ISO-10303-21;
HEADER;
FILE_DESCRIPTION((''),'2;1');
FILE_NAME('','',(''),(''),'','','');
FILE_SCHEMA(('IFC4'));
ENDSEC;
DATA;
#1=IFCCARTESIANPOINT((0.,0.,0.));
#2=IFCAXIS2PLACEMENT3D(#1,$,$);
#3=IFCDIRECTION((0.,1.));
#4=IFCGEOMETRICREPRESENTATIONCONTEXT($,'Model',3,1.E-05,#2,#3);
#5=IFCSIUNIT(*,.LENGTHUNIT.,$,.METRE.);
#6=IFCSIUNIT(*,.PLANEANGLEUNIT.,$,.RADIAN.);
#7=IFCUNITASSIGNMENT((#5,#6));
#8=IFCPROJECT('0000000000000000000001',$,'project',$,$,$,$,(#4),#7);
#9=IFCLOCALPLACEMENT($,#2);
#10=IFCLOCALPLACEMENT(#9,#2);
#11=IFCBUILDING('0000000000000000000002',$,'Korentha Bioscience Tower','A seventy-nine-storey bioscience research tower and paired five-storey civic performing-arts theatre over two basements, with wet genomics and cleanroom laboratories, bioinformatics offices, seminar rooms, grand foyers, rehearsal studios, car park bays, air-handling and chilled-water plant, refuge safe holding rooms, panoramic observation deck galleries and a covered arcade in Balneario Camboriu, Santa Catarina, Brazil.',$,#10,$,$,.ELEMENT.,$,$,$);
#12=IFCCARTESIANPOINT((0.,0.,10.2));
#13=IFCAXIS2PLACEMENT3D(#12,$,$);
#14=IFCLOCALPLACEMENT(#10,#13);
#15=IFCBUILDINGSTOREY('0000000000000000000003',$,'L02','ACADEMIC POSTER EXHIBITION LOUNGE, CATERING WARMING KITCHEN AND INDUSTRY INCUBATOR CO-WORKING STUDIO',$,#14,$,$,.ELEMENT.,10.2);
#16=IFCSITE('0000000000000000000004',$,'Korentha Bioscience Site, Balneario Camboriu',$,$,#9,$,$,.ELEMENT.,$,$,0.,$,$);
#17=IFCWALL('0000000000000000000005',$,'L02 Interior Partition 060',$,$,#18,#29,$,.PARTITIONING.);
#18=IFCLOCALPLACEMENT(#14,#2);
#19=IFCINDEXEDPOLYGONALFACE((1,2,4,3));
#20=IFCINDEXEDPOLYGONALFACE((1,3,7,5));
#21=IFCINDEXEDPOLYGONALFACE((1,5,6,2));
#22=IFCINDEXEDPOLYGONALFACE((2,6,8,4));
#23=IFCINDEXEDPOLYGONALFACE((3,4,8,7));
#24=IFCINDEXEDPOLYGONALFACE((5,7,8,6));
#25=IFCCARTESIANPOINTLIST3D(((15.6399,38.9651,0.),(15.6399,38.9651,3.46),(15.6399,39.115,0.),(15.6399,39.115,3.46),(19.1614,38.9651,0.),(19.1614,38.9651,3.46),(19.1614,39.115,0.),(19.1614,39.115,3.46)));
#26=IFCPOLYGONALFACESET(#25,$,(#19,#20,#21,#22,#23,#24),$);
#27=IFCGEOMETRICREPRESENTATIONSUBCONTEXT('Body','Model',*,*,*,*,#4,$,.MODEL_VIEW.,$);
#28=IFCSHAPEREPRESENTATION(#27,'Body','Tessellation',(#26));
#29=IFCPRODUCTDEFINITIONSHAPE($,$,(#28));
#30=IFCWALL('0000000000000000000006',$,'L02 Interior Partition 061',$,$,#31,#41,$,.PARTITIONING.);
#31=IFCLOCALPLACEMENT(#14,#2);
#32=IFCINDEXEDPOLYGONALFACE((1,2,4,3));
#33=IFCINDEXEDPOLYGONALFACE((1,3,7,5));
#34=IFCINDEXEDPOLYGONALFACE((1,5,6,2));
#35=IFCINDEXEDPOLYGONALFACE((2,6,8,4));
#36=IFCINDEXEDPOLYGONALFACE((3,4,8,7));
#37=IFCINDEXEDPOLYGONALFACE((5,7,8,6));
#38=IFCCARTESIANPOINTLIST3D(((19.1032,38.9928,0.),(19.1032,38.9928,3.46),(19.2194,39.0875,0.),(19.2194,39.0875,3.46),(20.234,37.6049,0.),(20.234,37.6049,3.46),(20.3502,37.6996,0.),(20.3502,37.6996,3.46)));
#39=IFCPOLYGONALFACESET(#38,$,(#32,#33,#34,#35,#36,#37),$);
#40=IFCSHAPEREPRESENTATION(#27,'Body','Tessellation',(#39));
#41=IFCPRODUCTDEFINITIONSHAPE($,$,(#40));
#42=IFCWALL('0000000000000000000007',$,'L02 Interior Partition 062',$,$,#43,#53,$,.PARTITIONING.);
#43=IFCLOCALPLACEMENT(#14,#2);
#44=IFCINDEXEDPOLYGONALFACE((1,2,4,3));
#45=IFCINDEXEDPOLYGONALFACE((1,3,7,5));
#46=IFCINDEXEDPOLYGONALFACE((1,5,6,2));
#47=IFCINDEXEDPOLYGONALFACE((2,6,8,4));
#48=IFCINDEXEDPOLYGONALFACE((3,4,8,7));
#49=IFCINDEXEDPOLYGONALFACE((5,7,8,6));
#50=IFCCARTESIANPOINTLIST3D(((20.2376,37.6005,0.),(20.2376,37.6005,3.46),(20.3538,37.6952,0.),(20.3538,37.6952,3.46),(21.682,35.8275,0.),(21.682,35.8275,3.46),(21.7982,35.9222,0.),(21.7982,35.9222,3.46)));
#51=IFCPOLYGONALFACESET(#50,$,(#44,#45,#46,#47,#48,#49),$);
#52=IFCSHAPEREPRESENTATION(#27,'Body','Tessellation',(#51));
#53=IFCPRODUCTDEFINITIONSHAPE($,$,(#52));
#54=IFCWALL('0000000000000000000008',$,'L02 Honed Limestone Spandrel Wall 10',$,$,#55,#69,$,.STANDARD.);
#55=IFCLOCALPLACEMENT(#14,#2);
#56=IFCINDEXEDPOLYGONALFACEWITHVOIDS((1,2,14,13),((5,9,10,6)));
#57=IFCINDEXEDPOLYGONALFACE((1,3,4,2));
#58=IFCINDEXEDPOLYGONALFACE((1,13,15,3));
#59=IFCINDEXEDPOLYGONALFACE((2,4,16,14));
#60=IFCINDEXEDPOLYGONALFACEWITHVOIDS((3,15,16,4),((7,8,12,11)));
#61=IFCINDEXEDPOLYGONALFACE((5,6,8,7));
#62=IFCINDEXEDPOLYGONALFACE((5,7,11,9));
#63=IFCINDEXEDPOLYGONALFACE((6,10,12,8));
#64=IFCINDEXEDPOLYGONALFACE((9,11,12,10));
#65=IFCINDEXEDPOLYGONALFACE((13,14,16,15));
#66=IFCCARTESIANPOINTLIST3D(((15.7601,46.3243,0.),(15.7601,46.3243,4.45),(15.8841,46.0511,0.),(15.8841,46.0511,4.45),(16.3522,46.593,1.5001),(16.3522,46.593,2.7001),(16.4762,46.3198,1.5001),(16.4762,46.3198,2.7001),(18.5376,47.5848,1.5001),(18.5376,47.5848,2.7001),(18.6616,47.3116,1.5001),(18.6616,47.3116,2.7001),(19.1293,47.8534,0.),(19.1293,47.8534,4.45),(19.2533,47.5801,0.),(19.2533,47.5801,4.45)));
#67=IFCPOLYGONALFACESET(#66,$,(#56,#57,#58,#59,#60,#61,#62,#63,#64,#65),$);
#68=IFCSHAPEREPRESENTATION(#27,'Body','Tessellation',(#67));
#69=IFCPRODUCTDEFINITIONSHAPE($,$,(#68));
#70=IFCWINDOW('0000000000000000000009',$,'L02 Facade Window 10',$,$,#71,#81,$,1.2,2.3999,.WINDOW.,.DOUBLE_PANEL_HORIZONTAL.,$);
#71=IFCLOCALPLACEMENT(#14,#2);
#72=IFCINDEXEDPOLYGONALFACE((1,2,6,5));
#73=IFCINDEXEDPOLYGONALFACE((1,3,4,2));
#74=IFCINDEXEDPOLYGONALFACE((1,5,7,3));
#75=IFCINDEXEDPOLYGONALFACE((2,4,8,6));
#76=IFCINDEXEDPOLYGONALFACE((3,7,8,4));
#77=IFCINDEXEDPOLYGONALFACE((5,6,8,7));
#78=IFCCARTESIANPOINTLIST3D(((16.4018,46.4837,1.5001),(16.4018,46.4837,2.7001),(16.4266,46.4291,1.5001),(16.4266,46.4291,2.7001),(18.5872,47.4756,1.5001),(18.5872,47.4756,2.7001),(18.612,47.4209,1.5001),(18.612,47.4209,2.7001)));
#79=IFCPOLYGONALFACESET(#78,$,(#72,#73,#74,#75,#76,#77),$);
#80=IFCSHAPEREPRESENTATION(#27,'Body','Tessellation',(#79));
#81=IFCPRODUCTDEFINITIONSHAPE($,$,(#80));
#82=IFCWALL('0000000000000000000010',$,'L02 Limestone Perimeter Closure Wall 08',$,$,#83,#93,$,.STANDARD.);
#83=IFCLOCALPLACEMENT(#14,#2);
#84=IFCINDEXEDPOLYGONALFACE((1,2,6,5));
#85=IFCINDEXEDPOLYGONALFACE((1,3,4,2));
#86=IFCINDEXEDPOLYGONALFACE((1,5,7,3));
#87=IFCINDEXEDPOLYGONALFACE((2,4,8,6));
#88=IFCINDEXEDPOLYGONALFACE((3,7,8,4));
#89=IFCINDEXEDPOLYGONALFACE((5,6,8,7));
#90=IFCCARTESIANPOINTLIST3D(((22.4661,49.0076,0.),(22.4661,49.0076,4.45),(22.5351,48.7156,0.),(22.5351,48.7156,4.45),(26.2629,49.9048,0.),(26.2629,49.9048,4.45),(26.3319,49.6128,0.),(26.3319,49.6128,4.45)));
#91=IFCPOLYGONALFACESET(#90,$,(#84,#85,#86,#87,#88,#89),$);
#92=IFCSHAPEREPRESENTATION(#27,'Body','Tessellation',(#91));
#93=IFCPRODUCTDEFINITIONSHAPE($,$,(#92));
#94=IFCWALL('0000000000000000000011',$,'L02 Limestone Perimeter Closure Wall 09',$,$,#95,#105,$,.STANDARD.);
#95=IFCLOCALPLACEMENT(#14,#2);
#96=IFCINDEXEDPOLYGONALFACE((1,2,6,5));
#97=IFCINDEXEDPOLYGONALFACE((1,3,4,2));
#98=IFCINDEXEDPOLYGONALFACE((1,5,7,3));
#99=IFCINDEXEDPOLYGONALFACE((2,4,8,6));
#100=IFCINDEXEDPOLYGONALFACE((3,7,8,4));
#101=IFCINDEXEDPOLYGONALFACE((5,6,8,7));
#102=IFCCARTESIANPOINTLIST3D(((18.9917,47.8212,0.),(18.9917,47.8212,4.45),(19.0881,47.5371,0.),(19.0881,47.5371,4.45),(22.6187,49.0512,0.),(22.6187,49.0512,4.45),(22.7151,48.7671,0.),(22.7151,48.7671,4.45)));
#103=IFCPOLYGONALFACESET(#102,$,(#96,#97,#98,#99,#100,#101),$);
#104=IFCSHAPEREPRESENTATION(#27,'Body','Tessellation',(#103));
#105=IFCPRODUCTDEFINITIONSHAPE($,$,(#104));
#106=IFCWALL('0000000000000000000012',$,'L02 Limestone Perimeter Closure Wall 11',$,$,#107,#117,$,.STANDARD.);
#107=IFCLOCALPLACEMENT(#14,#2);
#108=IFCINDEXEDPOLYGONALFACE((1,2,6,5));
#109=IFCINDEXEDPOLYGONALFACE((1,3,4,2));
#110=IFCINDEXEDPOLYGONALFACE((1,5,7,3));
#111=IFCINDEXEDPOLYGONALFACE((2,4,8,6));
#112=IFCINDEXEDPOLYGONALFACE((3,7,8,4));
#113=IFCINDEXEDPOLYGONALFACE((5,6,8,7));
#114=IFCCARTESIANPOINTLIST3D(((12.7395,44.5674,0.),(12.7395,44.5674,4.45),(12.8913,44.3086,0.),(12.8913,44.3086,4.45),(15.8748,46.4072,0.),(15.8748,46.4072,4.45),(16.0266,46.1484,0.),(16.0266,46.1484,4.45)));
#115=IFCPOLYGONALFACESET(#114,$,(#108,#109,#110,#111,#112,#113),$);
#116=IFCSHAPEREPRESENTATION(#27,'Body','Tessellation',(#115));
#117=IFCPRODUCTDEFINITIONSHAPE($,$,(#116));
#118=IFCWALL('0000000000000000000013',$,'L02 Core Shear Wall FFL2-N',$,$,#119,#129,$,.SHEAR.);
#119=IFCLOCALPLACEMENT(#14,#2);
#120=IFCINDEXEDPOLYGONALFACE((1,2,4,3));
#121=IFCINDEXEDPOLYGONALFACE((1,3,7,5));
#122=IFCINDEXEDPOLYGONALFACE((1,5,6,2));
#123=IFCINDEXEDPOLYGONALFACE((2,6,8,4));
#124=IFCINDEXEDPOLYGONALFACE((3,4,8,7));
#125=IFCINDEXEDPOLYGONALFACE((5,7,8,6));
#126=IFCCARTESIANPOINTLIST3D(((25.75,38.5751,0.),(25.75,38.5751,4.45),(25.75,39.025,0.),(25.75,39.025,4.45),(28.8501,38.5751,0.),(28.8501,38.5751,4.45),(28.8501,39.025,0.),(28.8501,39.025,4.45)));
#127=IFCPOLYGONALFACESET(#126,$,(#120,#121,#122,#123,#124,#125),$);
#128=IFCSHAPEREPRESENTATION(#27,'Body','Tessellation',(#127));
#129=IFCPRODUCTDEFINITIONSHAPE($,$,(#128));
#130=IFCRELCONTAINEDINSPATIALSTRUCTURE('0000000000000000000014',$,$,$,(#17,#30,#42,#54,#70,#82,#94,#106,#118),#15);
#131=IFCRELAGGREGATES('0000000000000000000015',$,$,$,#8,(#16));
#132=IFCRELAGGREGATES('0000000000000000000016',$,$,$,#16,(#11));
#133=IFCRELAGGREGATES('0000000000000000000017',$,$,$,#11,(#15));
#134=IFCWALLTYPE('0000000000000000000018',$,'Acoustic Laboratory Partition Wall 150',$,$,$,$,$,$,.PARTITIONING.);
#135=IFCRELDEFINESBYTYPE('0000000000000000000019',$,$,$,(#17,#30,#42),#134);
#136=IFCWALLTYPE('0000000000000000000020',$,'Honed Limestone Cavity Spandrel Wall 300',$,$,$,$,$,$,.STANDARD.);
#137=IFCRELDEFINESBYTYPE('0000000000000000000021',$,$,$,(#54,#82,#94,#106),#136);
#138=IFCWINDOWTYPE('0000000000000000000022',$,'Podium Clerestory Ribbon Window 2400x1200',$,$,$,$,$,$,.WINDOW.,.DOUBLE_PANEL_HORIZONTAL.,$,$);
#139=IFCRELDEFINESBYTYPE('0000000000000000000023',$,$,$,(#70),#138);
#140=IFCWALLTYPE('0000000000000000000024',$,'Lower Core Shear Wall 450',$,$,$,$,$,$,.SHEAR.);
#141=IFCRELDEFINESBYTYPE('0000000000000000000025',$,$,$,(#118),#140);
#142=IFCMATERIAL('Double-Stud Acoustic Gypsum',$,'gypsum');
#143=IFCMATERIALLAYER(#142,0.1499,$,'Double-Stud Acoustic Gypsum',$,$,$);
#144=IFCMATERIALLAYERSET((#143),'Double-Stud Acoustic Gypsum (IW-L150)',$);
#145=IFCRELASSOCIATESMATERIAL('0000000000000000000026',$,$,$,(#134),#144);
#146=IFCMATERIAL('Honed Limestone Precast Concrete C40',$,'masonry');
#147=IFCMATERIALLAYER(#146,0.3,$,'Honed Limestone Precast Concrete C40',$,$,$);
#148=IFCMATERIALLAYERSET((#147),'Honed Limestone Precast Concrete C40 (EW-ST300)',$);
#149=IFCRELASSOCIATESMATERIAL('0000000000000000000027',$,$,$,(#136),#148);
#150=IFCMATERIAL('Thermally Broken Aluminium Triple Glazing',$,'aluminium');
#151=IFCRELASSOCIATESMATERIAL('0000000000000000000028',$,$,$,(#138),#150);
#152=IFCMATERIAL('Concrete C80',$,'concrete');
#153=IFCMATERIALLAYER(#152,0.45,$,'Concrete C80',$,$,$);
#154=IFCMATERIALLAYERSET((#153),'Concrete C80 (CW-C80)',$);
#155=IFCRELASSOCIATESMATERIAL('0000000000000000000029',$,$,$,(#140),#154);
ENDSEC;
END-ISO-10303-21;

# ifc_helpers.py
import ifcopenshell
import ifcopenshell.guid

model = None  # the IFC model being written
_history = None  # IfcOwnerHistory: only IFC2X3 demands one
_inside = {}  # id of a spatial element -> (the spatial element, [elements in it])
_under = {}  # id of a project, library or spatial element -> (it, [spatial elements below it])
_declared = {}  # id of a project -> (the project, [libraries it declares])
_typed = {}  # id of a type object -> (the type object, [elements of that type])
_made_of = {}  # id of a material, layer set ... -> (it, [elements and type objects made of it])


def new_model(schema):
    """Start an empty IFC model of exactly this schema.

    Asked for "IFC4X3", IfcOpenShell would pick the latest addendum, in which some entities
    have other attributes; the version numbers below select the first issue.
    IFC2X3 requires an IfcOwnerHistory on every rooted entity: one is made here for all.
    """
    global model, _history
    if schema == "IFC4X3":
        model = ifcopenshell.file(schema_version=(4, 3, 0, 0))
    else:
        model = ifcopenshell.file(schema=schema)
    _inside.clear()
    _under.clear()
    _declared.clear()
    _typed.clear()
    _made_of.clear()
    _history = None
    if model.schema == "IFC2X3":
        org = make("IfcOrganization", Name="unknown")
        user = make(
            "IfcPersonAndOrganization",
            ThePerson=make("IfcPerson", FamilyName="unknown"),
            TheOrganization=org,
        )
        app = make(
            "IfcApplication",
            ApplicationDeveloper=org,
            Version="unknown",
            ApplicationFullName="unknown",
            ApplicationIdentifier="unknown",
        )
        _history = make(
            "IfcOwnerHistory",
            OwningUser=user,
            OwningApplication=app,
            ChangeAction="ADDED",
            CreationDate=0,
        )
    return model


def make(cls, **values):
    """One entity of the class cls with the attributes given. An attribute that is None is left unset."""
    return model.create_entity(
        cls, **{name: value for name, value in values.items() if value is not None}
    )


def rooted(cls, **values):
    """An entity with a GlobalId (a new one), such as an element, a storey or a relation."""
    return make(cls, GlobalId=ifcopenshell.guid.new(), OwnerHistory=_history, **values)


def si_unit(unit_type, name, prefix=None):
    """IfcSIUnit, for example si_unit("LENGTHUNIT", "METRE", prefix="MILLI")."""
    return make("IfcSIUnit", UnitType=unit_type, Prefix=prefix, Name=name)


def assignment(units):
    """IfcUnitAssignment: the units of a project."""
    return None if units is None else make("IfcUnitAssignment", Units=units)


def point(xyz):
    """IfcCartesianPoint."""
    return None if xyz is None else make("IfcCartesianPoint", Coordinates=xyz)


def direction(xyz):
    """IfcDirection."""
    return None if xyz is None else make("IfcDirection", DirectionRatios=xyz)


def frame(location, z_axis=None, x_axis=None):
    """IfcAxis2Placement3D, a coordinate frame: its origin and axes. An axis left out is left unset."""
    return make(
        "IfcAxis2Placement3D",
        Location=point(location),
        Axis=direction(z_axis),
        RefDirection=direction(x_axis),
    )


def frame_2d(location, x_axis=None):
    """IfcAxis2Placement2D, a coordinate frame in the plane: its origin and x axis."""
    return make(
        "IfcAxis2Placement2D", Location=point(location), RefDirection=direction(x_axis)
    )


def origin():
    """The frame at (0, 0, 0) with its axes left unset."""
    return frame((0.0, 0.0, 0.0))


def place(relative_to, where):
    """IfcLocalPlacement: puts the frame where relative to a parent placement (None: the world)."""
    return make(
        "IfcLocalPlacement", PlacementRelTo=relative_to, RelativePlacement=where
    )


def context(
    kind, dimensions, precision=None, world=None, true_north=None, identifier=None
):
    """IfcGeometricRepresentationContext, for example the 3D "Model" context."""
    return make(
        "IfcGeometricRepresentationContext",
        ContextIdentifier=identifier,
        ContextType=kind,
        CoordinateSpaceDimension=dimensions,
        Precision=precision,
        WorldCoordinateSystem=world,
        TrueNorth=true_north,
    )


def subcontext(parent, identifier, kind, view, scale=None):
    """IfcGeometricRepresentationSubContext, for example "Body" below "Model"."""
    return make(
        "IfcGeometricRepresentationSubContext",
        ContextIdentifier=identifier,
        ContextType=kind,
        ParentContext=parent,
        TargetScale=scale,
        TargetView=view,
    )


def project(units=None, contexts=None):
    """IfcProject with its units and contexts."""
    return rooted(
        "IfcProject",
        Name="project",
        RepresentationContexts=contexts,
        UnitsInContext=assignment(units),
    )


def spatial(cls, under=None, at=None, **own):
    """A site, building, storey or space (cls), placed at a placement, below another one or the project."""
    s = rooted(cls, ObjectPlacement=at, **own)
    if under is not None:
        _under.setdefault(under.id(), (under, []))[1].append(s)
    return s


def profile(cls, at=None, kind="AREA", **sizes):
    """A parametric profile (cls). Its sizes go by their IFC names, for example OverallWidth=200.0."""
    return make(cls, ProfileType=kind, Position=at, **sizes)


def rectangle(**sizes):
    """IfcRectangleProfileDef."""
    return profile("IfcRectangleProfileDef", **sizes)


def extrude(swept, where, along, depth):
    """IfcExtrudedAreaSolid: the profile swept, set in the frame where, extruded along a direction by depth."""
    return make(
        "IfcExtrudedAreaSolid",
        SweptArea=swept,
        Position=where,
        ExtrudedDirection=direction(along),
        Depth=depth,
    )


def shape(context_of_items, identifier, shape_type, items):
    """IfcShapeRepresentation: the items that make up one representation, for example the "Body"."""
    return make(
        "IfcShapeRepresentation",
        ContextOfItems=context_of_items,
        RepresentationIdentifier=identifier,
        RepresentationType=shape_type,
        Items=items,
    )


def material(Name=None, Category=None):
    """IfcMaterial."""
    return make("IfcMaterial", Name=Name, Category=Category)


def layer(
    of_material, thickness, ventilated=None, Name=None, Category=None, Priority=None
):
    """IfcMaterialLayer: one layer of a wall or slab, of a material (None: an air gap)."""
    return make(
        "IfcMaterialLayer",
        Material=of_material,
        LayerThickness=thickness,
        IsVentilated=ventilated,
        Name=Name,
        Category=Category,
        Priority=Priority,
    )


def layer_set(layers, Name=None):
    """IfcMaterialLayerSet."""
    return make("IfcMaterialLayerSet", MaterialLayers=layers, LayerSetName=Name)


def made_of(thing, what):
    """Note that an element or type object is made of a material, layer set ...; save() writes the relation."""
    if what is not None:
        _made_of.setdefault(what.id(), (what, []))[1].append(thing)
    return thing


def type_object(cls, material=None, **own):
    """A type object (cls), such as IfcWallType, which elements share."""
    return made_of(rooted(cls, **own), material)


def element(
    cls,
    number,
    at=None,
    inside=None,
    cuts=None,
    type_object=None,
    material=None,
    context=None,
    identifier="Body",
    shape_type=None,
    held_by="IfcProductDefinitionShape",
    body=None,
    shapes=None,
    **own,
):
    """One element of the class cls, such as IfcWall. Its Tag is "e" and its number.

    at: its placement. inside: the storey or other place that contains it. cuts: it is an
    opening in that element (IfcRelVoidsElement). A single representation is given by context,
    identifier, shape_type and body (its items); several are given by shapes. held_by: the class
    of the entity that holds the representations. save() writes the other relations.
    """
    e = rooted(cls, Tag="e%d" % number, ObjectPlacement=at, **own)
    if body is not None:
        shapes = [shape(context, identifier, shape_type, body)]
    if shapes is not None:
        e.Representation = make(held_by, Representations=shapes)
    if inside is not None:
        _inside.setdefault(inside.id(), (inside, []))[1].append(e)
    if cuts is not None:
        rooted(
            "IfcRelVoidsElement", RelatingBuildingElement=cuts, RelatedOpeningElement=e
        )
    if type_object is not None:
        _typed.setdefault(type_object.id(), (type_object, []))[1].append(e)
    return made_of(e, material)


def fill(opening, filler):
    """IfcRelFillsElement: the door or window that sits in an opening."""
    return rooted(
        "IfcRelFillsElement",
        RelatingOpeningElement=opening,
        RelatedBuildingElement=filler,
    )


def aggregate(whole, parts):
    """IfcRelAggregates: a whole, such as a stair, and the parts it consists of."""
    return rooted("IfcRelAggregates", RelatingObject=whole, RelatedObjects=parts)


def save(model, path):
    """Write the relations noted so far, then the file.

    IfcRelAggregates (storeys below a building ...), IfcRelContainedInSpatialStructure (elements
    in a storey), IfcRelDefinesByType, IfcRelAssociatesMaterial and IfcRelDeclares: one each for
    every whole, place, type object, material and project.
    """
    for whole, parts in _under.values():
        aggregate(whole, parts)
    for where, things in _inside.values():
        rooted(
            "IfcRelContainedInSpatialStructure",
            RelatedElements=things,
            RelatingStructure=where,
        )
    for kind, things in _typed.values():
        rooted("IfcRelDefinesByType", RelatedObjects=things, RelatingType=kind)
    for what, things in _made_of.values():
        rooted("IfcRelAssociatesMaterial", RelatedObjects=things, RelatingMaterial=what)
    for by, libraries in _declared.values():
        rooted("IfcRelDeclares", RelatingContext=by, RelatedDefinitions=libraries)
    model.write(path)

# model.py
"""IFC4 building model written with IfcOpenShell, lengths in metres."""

from ifc_helpers import new_model, si_unit, direction, frame, frame_2d, origin, place, context, subcontext, project, spatial, rectangle, extrude, material, layer, layer_set, type_object, element, fill, save


model = new_model("IFC4")

# Units and contexts
model_context = context("Model", 3, precision=1e-05, world=origin(), true_north=direction((0.0, 1.0)))
body_context = subcontext(model_context, "Body", "Model", "MODEL_VIEW")
ifc_project = project(units=[si_unit("LENGTHUNIT", "METRE"), si_unit("PLANEANGLEUNIT", "RADIAN")], contexts=[model_context])

# Site, building, storey
site_placement = place(None, origin())
site = spatial("IfcSite", under=ifc_project, at=site_placement, Name="Korentha Bioscience Site, Balneario Camboriu", CompositionType="ELEMENT", RefElevation=0.0)
building_placement = place(site_placement, origin())
building = spatial("IfcBuilding", under=site, at=building_placement, Name="Korentha Bioscience Tower", Description="A seventy-nine-storey bioscience research tower and paired five-storey civic performing-arts theatre over two basements, with wet genomics and cleanroom laboratories, bioinformatics offices, seminar rooms, grand foyers, rehearsal studios, car park bays, air-handling and chilled-water plant, refuge safe holding rooms, panoramic observation deck galleries and a covered arcade in Balneario Camboriu, Santa Catarina, Brazil.", CompositionType="ELEMENT")
storey_placement = place(building_placement, frame((0.0, 0.0, 10.2)))
storey = spatial("IfcBuildingStorey", under=building, at=storey_placement, Name="L02", Description="ACADEMIC POSTER EXHIBITION LOUNGE, CATERING WARMING KITCHEN AND INDUSTRY INCUBATOR CO-WORKING STUDIO", CompositionType="ELEMENT", Elevation=10.2)

# Shared definitions
ifc_material_1 = material(Name="Concrete C80", Category="concrete")

# Shared definitions
ifc_material_2 = material(Name="Double-Stud Acoustic Gypsum", Category="gypsum")
ifc_layer_1 = layer(ifc_material_2, 0.1499, Name="Double-Stud Acoustic Gypsum")
ifc_layer_set_1 = layer_set([ifc_layer_1], Name="Double-Stud Acoustic Gypsum (IW-L150)")
wall_type_1 = type_object("IfcWallType", Name="Acoustic Laboratory Partition Wall 150", PredefinedType="PARTITIONING", material=ifc_layer_set_1)

# Walls
wall_1_placement = place(storey_placement, frame((15.6399, 39.04, 0.0), z_axis=(0.0, 0.0, 1.0), x_axis=(1.0, 0.0, 0.0)))
element("IfcWall", 1, at=wall_1_placement, inside=storey, type_object=wall_type_1, Name="L02 Interior Partition 060", PredefinedType="PARTITIONING", context=body_context, shape_type="SweptSolid", body=[
    extrude(rectangle(XDim=3.5215, YDim=0.1499, at=frame_2d((1.7607, 0.0))), origin(), (0.0, 0.0, 1.0), 3.46),
])
wall_2_placement = place(storey_placement, frame((19.1614, 39.04, 0.0), z_axis=(0.0, 0.0, 1.0), x_axis=(0.631655, -0.77525, 0.0)))
element("IfcWall", 2, at=wall_2_placement, inside=storey, type_object=wall_type_1, Name="L02 Interior Partition 061", PredefinedType="PARTITIONING", context=body_context, shape_type="SweptSolid", body=[
    extrude(rectangle(XDim=1.7903, YDim=0.1499, at=frame_2d((0.895, 0.0))), origin(), (0.0, 0.0, 1.0), 3.46),
])
wall_3_placement = place(storey_placement, frame((20.2957, 37.6479, 0.0), z_axis=(0.0, 0.0, 1.0), x_axis=(0.631597, -0.775297, 0.0)))
element("IfcWall", 3, at=wall_3_placement, inside=storey, type_object=wall_type_1, Name="L02 Interior Partition 062", PredefinedType="PARTITIONING", context=body_context, shape_type="SweptSolid", body=[
    extrude(rectangle(XDim=2.2869, YDim=0.1499, at=frame_2d((1.1436, 0.0))), origin(), (0.0, 0.0, 1.0), 3.46),
])

# Wall, opening, window
ifc_material_3 = material(Name="Honed Limestone Precast Concrete C40", Category="masonry")
ifc_layer_2 = layer(ifc_material_3, 0.3, Name="Honed Limestone Precast Concrete C40")
ifc_layer_set_2 = layer_set([ifc_layer_2], Name="Honed Limestone Precast Concrete C40 (EW-ST300)")
wall_type_2 = type_object("IfcWallType", Name="Honed Limestone Cavity Spandrel Wall 300", PredefinedType="STANDARD", material=ifc_layer_set_2)
wall_4_placement = place(storey_placement, frame((19.1914, 47.7168, 0.0), z_axis=(0.0, 0.0, 1.0), x_axis=(-0.910608, -0.413271, 0.0)))
wall_4 = element("IfcWall", 4, at=wall_4_placement, inside=storey, type_object=wall_type_2, Name="L02 Honed Limestone Spandrel Wall 10", PredefinedType="STANDARD", context=body_context, shape_type="SweptSolid", body=[
    extrude(rectangle(XDim=3.7, YDim=0.3, at=frame_2d((1.8501, 0.0))), origin(), (0.0, 0.0, 1.0), 4.45),
])
opening_1_placement = place(wall_4_placement, frame((0.6499, 0.0, 1.5)))
opening_1 = element("IfcOpeningElement", 5, at=opening_1_placement, cuts=wall_4, PredefinedType="OPENING", context=body_context, shape_type="SweptSolid", body=[
    extrude(rectangle(XDim=2.3999, YDim=1.2, at=frame_2d((1.2, 0.6001))), frame((0.0, 0.165, 0.0), z_axis=(0.0, -1.0, 0.0), x_axis=(1.0, 0.0, 0.0)), (0.0, 0.0, 1.0), 0.3298),
])
ifc_material_4 = material(Name="Thermally Broken Aluminium Triple Glazing", Category="aluminium")
window_type = type_object("IfcWindowType", Name="Podium Clerestory Ribbon Window 2400x1200", PartitioningType="DOUBLE_PANEL_HORIZONTAL", PredefinedType="WINDOW", material=ifc_material_4)
window_placement = place(opening_1_placement, origin())
window = element("IfcWindow", 6, at=window_placement, inside=storey, type_object=window_type, Name="L02 Facade Window 10", OverallHeight=1.2, OverallWidth=2.3999, PartitioningType="DOUBLE_PANEL_HORIZONTAL", PredefinedType="WINDOW", context=body_context, shape_type="SweptSolid", body=[
    extrude(rectangle(XDim=2.3999, YDim=1.2, at=frame_2d((1.2, 0.6001))), frame((0.0, 0.03, 0.0), z_axis=(0.0, -1.0, 0.0), x_axis=(1.0, 0.0, 0.0)), (0.0, 0.0, 1.0), 0.0601),
])
fill(opening_1, window)

# Walls
wall_5_placement = place(storey_placement, frame((26.2974, 49.7588, 0.0), z_axis=(0.0, 0.0, 1.0), x_axis=(-0.973198, -0.22997, 0.0)))
element("IfcWall", 7, at=wall_5_placement, inside=storey, type_object=wall_type_2, Name="L02 Limestone Perimeter Closure Wall 08", PredefinedType="STANDARD", context=body_context, shape_type="SweptSolid", body=[
    extrude(rectangle(XDim=3.9014, YDim=0.3, at=frame_2d((1.9507, 0.0))), origin(), (0.0, 0.0, 1.0), 4.45),
])
wall_6_placement = place(storey_placement, frame((22.667, 48.9092, 0.0), z_axis=(0.0, 0.0, 1.0), x_axis=(-0.947026, -0.321158, 0.0)))
element("IfcWall", 8, at=wall_6_placement, inside=storey, type_object=wall_type_2, Name="L02 Limestone Perimeter Closure Wall 09", PredefinedType="STANDARD", context=body_context, shape_type="SweptSolid", body=[
    extrude(rectangle(XDim=3.8298, YDim=0.3, at=frame_2d((1.915, 0.0))), origin(), (0.0, 0.0, 1.0), 4.45),
])
wall_7_placement = place(storey_placement, frame((15.9507, 46.2778, 0.0), z_axis=(0.0, 0.0, 1.0), x_axis=(-0.862465, -0.506116, 0.0)))
element("IfcWall", 9, at=wall_7_placement, inside=storey, type_object=wall_type_2, Name="L02 Limestone Perimeter Closure Wall 11", PredefinedType="STANDARD", context=body_context, shape_type="SweptSolid", body=[
    extrude(rectangle(XDim=3.6353, YDim=0.3, at=frame_2d((1.8176, 0.0))), origin(), (0.0, 0.0, 1.0), 4.45),
])
ifc_layer_3 = layer(ifc_material_1, 0.45, Name="Concrete C80")
ifc_layer_set_3 = layer_set([ifc_layer_3], Name="Concrete C80 (CW-C80)")
wall_type_3 = type_object("IfcWallType", Name="Lower Core Shear Wall 450", PredefinedType="SHEAR", material=ifc_layer_set_3)
wall_8_placement = place(storey_placement, frame((25.75, 38.8, 0.0), z_axis=(0.0, 0.0, 1.0), x_axis=(1.0, 0.0, 0.0)))
element("IfcWall", 10, at=wall_8_placement, inside=storey, type_object=wall_type_3, Name="L02 Core Shear Wall FFL2-N", PredefinedType="SHEAR", context=body_context, shape_type="SweptSolid", body=[
    extrude(rectangle(XDim=3.1001, YDim=0.45, at=frame_2d((1.55, 0.0))), origin(), (0.0, 0.0, 1.0), 4.45),
])

save(model, "model.ifc")
